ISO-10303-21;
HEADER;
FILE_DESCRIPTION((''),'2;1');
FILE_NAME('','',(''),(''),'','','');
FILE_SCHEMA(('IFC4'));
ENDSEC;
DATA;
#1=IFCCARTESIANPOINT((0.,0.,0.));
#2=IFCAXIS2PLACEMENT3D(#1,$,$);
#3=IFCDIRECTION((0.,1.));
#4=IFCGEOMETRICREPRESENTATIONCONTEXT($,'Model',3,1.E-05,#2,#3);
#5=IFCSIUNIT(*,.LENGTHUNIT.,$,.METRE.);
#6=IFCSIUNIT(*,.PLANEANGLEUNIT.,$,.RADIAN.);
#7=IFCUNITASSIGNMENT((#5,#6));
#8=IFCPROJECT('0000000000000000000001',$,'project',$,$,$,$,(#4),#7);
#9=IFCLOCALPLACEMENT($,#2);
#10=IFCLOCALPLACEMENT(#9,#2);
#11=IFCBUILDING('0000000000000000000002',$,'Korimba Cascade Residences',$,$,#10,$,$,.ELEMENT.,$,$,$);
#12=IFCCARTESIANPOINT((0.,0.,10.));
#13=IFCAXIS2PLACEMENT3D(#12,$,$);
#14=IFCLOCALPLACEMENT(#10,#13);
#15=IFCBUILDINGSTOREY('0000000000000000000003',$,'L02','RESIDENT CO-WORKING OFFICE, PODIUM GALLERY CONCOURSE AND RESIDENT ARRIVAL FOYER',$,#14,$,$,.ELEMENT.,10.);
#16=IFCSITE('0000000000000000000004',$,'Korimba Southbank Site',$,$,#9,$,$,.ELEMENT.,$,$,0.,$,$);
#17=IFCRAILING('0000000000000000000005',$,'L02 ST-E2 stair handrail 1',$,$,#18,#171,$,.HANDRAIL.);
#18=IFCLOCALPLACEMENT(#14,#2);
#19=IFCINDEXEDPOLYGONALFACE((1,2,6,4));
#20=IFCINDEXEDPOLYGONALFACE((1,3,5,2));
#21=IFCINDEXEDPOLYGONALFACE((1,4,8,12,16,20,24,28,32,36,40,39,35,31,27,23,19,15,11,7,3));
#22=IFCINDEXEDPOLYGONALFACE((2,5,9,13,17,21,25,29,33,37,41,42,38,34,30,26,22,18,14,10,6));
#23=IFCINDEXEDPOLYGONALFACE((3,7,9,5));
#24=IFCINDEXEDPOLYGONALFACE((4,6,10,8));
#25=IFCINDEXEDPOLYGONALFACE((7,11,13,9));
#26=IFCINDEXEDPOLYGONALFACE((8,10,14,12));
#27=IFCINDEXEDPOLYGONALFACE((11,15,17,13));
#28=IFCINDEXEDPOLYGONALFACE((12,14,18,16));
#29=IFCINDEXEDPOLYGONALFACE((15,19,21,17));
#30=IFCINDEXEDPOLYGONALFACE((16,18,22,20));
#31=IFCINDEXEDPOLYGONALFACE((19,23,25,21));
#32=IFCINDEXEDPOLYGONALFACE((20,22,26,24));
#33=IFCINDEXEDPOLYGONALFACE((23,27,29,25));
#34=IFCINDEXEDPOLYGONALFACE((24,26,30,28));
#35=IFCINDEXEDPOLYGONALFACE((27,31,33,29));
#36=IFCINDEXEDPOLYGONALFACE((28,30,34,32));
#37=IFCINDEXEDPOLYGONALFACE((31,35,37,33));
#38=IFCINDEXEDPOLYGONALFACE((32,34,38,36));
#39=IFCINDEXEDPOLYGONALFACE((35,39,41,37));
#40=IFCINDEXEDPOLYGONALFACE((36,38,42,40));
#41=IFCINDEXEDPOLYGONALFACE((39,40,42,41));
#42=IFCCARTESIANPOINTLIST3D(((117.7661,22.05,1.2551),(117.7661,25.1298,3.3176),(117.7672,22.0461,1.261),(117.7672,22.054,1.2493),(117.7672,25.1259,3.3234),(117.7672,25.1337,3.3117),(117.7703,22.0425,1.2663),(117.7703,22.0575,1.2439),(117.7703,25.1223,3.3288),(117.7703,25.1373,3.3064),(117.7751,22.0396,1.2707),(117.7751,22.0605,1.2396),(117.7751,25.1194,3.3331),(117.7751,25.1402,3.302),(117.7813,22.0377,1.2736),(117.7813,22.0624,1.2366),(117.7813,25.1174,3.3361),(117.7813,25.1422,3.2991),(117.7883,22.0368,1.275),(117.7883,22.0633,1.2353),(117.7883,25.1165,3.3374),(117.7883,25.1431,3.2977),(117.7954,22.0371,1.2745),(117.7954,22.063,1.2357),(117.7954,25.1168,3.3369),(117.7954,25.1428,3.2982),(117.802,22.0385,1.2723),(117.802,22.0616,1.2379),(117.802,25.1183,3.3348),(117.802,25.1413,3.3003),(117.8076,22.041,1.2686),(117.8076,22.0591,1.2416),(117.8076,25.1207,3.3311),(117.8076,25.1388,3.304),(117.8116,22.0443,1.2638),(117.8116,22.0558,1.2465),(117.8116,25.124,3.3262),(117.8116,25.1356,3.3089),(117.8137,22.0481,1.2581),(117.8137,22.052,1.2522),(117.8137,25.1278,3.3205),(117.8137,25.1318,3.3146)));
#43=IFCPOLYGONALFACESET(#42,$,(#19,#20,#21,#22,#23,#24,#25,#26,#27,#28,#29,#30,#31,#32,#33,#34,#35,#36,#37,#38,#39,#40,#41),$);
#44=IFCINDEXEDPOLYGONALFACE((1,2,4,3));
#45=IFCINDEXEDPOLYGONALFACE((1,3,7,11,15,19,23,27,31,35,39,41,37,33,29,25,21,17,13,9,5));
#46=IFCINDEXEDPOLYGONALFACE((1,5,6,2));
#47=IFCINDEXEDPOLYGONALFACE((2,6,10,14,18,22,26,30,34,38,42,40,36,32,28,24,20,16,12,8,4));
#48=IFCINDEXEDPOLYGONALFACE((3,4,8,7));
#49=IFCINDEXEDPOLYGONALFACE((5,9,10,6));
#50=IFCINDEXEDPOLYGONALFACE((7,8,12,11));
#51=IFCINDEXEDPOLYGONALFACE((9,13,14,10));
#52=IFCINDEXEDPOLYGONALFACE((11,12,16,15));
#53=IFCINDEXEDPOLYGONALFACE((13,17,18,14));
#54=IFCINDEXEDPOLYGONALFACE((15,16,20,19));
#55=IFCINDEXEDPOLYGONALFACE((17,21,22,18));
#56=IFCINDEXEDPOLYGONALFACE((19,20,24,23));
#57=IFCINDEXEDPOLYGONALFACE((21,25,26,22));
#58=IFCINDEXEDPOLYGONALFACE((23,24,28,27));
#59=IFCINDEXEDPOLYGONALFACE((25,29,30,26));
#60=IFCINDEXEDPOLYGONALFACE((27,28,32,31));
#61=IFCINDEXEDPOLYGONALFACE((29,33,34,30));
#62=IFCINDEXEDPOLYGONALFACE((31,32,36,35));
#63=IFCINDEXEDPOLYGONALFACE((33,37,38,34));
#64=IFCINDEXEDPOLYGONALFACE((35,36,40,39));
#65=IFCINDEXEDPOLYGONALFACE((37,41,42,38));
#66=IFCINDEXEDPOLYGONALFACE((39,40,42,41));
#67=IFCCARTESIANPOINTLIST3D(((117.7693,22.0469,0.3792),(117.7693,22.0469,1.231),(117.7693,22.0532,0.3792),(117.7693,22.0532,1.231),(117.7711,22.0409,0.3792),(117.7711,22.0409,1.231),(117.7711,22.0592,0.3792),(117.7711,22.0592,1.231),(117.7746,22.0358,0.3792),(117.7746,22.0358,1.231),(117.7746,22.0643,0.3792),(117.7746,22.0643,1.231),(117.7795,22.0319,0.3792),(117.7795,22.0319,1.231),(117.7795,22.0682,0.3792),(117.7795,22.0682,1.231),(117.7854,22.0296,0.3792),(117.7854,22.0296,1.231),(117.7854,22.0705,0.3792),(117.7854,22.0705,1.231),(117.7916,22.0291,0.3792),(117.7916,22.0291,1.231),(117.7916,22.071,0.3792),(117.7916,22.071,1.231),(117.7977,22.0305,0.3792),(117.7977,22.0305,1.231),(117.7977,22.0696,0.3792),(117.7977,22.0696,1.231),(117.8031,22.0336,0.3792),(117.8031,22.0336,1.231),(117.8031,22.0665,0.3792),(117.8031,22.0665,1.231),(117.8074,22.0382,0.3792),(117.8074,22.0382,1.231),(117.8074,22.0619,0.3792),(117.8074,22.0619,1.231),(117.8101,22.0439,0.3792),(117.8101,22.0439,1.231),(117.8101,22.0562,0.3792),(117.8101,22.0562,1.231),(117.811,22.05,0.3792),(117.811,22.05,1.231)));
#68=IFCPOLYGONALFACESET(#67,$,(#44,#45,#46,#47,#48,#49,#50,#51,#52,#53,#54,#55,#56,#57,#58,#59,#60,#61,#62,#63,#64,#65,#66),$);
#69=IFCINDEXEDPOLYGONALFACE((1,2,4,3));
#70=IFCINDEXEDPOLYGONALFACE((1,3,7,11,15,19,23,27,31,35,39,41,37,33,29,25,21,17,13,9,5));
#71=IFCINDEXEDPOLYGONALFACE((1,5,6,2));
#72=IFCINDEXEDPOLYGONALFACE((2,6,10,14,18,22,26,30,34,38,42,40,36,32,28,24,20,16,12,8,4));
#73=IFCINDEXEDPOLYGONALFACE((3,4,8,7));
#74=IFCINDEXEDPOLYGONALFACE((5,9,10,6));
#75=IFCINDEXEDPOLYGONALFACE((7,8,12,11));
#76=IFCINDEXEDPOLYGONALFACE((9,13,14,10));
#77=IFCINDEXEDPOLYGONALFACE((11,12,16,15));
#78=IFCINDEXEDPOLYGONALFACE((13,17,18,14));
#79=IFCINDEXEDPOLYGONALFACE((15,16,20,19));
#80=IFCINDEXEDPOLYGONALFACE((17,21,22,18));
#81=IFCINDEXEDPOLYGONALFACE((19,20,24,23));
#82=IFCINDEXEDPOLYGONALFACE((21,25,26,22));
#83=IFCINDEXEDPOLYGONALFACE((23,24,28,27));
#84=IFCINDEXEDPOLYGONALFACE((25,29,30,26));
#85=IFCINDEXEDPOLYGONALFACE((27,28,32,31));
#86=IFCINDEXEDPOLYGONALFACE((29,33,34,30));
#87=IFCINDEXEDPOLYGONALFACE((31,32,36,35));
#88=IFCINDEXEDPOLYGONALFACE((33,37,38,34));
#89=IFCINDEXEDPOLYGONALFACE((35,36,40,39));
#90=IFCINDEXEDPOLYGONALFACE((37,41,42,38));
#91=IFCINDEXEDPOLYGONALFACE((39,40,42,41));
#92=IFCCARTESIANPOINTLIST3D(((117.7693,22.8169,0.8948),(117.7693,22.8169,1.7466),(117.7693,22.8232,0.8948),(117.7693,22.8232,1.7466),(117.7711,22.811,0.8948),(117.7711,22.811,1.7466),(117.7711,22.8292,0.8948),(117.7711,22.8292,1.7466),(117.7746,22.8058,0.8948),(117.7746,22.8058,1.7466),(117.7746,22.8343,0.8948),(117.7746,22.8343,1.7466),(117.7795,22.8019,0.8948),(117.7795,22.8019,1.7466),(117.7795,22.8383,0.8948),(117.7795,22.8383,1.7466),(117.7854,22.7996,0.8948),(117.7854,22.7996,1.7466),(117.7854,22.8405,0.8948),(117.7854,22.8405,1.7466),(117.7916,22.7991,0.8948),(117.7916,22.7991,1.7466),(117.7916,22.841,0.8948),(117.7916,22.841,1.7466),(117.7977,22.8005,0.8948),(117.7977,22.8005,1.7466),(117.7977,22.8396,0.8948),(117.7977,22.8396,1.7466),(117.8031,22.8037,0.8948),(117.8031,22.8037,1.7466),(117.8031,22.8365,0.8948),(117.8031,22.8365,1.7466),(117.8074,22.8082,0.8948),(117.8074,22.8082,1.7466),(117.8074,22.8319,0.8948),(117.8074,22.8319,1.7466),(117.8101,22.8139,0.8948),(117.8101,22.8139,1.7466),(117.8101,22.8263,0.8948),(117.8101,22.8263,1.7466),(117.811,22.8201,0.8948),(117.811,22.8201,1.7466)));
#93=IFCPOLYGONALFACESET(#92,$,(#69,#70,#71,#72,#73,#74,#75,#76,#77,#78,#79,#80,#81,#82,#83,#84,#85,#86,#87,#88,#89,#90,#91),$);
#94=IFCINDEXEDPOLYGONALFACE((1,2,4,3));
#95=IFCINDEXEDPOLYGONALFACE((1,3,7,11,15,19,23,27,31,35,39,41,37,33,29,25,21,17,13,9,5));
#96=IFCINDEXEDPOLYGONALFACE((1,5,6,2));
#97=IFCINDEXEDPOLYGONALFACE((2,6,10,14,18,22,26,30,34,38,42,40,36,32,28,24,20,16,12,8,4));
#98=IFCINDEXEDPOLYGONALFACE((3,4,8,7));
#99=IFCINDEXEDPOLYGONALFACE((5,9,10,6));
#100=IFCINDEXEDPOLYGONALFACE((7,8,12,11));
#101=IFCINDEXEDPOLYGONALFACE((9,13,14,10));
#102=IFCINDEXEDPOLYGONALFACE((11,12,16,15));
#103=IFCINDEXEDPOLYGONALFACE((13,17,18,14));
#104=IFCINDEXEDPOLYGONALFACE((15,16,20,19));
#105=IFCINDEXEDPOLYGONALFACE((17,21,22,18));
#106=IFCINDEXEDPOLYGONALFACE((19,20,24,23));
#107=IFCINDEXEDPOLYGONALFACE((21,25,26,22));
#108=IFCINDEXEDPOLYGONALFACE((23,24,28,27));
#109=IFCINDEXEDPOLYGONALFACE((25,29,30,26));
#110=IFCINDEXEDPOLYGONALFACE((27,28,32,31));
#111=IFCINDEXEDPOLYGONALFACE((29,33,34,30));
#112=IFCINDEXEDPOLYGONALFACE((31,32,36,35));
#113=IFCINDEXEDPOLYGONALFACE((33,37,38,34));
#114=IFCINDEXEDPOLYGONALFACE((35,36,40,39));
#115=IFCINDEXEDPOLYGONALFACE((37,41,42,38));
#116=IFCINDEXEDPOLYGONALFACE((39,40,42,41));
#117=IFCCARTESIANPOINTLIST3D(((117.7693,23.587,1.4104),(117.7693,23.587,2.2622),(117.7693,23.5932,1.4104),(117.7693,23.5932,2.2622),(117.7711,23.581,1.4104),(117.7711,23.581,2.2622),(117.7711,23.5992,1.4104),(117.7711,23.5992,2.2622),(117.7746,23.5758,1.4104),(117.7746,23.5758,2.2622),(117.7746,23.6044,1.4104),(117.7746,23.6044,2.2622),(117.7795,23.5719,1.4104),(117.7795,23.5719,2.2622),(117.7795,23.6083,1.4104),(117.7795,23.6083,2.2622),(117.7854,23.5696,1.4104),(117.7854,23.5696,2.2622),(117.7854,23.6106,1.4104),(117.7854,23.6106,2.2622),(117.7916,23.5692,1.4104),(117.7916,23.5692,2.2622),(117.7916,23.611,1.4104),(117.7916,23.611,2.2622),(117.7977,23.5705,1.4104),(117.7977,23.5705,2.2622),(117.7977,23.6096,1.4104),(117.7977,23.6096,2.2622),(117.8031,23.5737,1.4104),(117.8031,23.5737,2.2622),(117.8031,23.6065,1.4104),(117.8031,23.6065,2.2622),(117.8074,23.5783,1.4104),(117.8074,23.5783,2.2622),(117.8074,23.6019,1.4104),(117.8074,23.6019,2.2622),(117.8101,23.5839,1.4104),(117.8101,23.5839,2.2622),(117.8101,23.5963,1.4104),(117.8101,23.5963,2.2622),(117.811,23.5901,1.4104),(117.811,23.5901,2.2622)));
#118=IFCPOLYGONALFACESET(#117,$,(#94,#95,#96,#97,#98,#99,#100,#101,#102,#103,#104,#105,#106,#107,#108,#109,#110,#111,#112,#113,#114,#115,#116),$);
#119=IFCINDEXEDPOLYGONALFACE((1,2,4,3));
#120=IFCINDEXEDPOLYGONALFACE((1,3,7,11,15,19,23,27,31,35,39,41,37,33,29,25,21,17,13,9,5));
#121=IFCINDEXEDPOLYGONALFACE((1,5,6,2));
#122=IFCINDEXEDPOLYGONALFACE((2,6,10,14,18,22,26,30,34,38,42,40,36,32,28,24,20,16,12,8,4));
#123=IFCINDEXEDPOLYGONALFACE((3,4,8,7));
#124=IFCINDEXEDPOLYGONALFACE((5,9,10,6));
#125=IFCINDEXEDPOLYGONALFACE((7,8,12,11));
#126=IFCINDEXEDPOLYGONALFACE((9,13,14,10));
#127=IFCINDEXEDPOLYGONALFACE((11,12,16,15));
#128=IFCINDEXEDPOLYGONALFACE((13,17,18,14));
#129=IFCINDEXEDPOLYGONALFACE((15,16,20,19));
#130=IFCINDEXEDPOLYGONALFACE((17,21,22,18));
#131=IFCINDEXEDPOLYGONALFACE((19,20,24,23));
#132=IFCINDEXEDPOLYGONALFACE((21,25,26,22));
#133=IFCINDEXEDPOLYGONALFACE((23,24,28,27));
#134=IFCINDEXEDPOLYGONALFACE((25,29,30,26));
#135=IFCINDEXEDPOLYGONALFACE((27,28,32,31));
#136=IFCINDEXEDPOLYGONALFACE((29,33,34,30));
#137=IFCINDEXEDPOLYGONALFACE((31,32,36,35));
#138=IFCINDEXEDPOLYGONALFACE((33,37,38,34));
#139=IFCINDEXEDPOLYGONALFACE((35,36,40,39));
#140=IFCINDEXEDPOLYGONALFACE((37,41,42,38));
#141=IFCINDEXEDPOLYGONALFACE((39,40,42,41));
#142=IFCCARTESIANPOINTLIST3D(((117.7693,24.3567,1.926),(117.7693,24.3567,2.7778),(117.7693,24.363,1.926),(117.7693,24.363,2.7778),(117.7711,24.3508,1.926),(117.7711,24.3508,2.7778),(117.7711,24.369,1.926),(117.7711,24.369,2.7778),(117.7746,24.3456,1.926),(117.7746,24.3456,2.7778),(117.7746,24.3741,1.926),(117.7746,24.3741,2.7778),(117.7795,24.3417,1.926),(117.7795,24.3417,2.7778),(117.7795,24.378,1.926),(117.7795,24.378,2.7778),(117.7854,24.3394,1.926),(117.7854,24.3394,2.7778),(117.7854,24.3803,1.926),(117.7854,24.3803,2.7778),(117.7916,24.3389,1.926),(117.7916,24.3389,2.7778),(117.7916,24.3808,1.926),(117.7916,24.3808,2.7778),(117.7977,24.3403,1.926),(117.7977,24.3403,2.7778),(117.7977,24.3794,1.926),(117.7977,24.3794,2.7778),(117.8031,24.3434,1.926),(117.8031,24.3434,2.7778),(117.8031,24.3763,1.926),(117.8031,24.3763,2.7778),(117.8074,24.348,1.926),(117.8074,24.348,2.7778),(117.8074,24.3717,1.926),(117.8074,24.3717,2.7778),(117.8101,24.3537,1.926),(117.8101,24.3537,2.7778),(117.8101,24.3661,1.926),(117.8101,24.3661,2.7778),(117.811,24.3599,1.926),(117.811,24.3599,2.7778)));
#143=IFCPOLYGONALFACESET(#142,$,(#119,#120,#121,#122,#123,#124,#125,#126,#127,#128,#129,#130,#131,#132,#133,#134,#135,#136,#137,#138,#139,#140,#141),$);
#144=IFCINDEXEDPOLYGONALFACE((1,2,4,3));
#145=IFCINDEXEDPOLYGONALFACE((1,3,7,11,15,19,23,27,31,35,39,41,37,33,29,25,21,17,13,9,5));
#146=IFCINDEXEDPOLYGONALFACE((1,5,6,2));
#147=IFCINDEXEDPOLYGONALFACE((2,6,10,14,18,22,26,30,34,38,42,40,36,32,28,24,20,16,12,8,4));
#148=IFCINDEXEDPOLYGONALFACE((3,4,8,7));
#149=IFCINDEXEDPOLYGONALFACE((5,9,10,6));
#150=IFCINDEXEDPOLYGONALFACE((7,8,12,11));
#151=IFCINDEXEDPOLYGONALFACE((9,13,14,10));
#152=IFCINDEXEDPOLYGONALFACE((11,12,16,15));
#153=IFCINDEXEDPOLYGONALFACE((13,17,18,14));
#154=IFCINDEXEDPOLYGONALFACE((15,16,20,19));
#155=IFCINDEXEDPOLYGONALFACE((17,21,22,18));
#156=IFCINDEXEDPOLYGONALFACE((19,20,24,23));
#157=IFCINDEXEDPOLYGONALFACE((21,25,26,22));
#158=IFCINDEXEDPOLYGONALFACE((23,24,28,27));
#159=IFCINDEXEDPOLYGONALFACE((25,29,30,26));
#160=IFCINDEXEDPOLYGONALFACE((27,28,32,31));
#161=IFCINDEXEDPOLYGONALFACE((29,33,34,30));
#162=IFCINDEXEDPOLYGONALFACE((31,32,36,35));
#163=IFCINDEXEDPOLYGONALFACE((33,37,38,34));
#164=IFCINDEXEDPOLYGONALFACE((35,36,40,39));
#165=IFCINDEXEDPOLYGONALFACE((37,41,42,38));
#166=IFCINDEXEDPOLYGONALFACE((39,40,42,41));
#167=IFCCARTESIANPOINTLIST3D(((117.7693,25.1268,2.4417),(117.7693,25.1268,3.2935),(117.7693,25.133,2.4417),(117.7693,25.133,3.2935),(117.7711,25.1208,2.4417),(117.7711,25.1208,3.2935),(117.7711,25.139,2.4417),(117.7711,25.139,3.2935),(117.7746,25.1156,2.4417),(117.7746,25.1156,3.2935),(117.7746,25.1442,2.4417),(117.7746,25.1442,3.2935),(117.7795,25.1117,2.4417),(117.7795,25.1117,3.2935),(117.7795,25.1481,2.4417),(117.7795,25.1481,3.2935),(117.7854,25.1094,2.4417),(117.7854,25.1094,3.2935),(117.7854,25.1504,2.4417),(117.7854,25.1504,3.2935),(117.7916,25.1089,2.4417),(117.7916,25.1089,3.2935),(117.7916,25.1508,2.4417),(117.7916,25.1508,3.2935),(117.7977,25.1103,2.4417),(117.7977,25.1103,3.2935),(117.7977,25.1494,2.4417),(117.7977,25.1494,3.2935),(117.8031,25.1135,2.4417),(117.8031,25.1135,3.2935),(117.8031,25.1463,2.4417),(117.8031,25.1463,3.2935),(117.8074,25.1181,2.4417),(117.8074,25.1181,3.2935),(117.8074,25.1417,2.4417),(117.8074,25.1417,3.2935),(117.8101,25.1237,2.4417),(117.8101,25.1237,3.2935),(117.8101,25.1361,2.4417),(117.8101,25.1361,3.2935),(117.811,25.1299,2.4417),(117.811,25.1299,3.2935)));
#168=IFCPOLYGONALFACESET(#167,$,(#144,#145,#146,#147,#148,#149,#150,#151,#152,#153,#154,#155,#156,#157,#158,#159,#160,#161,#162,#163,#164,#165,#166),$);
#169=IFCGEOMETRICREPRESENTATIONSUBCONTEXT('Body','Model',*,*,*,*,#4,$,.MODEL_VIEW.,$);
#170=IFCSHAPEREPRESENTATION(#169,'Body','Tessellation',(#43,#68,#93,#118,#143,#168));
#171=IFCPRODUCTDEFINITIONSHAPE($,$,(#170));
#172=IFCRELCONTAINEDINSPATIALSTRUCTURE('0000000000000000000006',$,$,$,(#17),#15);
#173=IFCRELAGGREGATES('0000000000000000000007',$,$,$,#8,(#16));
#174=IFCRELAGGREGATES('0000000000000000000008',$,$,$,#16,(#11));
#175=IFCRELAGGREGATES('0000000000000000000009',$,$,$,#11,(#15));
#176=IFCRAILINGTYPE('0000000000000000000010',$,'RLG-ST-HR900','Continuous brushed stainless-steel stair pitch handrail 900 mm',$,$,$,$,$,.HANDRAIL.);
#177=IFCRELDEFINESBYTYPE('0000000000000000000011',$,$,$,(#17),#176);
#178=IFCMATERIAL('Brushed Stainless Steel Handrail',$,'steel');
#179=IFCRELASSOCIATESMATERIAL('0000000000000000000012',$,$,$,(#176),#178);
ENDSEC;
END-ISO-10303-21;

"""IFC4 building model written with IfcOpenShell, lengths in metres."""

from ifc_helpers import new_model, si_unit, direction, frame, origin, origin_2d, place, context, subcontext, project, spatial, circle, extrude, material, type_object, element, save


model = new_model("IFC4")

# Units and contexts
model_context = context("Model", 3, precision=1e-05, world=origin(), true_north=direction((0.0, 1.0)))
body_context = subcontext(model_context, "Body", "Model", "MODEL_VIEW")
ifc_project = project(units=[si_unit("LENGTHUNIT", "METRE"), si_unit("PLANEANGLEUNIT", "RADIAN")], contexts=[model_context])

# Site, building, storey
site_placement = place(None, origin())
site = spatial("IfcSite", under=ifc_project, at=site_placement, Name="Korimba Southbank Site", CompositionType="ELEMENT", RefElevation=0.0)
building_placement = place(site_placement, origin())
building = spatial("IfcBuilding", under=site, at=building_placement, Name="Korimba Cascade Residences", CompositionType="ELEMENT")
storey_placement = place(building_placement, frame((0.0, 0.0, 10.0)))
storey = spatial("IfcBuildingStorey", under=building, at=storey_placement, Name="L02", Description="RESIDENT CO-WORKING OFFICE, PODIUM GALLERY CONCOURSE AND RESIDENT ARRIVAL FOYER", CompositionType="ELEMENT", Elevation=10.0)

# Railing
ifc_material_1 = material(Name="Brushed Stainless Steel Handrail", Category="steel")
railing_type_1 = type_object("IfcRailingType", Name="RLG-ST-HR900", Description="Continuous brushed stainless-steel stair pitch handrail 900 mm", PredefinedType="HANDRAIL", material=ifc_material_1)
railing_1_placement = place(storey_placement, frame((117.79, 22.05, 0.3792)))
element("IfcRailing", 1, at=railing_1_placement, inside=storey, type_object=railing_type_1, Name="L02 ST-E2 stair handrail 1", PredefinedType="HANDRAIL", context=body_context, shape_type="SweptSolid", body=[
    extrude(circle(Radius=0.0239, at=origin_2d()), frame((0.0, 0.0, 0.876), z_axis=(0.0, 0.830893, 0.556432), x_axis=(-1.0, 0.0, 0.0)), (0.0, 0.0, 1.0), 3.7065),
    extrude(circle(Radius=0.021, at=origin_2d()), origin(), (0.0, 0.0, 1.0), 0.8518),
    extrude(circle(Radius=0.021, at=origin_2d()), frame((0.0, 0.77, 0.5156)), (0.0, 0.0, 1.0), 0.8518),
    extrude(circle(Radius=0.021, at=origin_2d()), frame((0.0, 1.54, 1.0312)), (0.0, 0.0, 1.0), 0.8518),
    extrude(circle(Radius=0.021, at=origin_2d()), frame((0.0, 2.3098, 1.5469)), (0.0, 0.0, 1.0), 0.8518),
    extrude(circle(Radius=0.021, at=origin_2d()), frame((0.0, 3.0798, 2.0625)), (0.0, 0.0, 1.0), 0.8518),
])

save(model, "model.ifc")
